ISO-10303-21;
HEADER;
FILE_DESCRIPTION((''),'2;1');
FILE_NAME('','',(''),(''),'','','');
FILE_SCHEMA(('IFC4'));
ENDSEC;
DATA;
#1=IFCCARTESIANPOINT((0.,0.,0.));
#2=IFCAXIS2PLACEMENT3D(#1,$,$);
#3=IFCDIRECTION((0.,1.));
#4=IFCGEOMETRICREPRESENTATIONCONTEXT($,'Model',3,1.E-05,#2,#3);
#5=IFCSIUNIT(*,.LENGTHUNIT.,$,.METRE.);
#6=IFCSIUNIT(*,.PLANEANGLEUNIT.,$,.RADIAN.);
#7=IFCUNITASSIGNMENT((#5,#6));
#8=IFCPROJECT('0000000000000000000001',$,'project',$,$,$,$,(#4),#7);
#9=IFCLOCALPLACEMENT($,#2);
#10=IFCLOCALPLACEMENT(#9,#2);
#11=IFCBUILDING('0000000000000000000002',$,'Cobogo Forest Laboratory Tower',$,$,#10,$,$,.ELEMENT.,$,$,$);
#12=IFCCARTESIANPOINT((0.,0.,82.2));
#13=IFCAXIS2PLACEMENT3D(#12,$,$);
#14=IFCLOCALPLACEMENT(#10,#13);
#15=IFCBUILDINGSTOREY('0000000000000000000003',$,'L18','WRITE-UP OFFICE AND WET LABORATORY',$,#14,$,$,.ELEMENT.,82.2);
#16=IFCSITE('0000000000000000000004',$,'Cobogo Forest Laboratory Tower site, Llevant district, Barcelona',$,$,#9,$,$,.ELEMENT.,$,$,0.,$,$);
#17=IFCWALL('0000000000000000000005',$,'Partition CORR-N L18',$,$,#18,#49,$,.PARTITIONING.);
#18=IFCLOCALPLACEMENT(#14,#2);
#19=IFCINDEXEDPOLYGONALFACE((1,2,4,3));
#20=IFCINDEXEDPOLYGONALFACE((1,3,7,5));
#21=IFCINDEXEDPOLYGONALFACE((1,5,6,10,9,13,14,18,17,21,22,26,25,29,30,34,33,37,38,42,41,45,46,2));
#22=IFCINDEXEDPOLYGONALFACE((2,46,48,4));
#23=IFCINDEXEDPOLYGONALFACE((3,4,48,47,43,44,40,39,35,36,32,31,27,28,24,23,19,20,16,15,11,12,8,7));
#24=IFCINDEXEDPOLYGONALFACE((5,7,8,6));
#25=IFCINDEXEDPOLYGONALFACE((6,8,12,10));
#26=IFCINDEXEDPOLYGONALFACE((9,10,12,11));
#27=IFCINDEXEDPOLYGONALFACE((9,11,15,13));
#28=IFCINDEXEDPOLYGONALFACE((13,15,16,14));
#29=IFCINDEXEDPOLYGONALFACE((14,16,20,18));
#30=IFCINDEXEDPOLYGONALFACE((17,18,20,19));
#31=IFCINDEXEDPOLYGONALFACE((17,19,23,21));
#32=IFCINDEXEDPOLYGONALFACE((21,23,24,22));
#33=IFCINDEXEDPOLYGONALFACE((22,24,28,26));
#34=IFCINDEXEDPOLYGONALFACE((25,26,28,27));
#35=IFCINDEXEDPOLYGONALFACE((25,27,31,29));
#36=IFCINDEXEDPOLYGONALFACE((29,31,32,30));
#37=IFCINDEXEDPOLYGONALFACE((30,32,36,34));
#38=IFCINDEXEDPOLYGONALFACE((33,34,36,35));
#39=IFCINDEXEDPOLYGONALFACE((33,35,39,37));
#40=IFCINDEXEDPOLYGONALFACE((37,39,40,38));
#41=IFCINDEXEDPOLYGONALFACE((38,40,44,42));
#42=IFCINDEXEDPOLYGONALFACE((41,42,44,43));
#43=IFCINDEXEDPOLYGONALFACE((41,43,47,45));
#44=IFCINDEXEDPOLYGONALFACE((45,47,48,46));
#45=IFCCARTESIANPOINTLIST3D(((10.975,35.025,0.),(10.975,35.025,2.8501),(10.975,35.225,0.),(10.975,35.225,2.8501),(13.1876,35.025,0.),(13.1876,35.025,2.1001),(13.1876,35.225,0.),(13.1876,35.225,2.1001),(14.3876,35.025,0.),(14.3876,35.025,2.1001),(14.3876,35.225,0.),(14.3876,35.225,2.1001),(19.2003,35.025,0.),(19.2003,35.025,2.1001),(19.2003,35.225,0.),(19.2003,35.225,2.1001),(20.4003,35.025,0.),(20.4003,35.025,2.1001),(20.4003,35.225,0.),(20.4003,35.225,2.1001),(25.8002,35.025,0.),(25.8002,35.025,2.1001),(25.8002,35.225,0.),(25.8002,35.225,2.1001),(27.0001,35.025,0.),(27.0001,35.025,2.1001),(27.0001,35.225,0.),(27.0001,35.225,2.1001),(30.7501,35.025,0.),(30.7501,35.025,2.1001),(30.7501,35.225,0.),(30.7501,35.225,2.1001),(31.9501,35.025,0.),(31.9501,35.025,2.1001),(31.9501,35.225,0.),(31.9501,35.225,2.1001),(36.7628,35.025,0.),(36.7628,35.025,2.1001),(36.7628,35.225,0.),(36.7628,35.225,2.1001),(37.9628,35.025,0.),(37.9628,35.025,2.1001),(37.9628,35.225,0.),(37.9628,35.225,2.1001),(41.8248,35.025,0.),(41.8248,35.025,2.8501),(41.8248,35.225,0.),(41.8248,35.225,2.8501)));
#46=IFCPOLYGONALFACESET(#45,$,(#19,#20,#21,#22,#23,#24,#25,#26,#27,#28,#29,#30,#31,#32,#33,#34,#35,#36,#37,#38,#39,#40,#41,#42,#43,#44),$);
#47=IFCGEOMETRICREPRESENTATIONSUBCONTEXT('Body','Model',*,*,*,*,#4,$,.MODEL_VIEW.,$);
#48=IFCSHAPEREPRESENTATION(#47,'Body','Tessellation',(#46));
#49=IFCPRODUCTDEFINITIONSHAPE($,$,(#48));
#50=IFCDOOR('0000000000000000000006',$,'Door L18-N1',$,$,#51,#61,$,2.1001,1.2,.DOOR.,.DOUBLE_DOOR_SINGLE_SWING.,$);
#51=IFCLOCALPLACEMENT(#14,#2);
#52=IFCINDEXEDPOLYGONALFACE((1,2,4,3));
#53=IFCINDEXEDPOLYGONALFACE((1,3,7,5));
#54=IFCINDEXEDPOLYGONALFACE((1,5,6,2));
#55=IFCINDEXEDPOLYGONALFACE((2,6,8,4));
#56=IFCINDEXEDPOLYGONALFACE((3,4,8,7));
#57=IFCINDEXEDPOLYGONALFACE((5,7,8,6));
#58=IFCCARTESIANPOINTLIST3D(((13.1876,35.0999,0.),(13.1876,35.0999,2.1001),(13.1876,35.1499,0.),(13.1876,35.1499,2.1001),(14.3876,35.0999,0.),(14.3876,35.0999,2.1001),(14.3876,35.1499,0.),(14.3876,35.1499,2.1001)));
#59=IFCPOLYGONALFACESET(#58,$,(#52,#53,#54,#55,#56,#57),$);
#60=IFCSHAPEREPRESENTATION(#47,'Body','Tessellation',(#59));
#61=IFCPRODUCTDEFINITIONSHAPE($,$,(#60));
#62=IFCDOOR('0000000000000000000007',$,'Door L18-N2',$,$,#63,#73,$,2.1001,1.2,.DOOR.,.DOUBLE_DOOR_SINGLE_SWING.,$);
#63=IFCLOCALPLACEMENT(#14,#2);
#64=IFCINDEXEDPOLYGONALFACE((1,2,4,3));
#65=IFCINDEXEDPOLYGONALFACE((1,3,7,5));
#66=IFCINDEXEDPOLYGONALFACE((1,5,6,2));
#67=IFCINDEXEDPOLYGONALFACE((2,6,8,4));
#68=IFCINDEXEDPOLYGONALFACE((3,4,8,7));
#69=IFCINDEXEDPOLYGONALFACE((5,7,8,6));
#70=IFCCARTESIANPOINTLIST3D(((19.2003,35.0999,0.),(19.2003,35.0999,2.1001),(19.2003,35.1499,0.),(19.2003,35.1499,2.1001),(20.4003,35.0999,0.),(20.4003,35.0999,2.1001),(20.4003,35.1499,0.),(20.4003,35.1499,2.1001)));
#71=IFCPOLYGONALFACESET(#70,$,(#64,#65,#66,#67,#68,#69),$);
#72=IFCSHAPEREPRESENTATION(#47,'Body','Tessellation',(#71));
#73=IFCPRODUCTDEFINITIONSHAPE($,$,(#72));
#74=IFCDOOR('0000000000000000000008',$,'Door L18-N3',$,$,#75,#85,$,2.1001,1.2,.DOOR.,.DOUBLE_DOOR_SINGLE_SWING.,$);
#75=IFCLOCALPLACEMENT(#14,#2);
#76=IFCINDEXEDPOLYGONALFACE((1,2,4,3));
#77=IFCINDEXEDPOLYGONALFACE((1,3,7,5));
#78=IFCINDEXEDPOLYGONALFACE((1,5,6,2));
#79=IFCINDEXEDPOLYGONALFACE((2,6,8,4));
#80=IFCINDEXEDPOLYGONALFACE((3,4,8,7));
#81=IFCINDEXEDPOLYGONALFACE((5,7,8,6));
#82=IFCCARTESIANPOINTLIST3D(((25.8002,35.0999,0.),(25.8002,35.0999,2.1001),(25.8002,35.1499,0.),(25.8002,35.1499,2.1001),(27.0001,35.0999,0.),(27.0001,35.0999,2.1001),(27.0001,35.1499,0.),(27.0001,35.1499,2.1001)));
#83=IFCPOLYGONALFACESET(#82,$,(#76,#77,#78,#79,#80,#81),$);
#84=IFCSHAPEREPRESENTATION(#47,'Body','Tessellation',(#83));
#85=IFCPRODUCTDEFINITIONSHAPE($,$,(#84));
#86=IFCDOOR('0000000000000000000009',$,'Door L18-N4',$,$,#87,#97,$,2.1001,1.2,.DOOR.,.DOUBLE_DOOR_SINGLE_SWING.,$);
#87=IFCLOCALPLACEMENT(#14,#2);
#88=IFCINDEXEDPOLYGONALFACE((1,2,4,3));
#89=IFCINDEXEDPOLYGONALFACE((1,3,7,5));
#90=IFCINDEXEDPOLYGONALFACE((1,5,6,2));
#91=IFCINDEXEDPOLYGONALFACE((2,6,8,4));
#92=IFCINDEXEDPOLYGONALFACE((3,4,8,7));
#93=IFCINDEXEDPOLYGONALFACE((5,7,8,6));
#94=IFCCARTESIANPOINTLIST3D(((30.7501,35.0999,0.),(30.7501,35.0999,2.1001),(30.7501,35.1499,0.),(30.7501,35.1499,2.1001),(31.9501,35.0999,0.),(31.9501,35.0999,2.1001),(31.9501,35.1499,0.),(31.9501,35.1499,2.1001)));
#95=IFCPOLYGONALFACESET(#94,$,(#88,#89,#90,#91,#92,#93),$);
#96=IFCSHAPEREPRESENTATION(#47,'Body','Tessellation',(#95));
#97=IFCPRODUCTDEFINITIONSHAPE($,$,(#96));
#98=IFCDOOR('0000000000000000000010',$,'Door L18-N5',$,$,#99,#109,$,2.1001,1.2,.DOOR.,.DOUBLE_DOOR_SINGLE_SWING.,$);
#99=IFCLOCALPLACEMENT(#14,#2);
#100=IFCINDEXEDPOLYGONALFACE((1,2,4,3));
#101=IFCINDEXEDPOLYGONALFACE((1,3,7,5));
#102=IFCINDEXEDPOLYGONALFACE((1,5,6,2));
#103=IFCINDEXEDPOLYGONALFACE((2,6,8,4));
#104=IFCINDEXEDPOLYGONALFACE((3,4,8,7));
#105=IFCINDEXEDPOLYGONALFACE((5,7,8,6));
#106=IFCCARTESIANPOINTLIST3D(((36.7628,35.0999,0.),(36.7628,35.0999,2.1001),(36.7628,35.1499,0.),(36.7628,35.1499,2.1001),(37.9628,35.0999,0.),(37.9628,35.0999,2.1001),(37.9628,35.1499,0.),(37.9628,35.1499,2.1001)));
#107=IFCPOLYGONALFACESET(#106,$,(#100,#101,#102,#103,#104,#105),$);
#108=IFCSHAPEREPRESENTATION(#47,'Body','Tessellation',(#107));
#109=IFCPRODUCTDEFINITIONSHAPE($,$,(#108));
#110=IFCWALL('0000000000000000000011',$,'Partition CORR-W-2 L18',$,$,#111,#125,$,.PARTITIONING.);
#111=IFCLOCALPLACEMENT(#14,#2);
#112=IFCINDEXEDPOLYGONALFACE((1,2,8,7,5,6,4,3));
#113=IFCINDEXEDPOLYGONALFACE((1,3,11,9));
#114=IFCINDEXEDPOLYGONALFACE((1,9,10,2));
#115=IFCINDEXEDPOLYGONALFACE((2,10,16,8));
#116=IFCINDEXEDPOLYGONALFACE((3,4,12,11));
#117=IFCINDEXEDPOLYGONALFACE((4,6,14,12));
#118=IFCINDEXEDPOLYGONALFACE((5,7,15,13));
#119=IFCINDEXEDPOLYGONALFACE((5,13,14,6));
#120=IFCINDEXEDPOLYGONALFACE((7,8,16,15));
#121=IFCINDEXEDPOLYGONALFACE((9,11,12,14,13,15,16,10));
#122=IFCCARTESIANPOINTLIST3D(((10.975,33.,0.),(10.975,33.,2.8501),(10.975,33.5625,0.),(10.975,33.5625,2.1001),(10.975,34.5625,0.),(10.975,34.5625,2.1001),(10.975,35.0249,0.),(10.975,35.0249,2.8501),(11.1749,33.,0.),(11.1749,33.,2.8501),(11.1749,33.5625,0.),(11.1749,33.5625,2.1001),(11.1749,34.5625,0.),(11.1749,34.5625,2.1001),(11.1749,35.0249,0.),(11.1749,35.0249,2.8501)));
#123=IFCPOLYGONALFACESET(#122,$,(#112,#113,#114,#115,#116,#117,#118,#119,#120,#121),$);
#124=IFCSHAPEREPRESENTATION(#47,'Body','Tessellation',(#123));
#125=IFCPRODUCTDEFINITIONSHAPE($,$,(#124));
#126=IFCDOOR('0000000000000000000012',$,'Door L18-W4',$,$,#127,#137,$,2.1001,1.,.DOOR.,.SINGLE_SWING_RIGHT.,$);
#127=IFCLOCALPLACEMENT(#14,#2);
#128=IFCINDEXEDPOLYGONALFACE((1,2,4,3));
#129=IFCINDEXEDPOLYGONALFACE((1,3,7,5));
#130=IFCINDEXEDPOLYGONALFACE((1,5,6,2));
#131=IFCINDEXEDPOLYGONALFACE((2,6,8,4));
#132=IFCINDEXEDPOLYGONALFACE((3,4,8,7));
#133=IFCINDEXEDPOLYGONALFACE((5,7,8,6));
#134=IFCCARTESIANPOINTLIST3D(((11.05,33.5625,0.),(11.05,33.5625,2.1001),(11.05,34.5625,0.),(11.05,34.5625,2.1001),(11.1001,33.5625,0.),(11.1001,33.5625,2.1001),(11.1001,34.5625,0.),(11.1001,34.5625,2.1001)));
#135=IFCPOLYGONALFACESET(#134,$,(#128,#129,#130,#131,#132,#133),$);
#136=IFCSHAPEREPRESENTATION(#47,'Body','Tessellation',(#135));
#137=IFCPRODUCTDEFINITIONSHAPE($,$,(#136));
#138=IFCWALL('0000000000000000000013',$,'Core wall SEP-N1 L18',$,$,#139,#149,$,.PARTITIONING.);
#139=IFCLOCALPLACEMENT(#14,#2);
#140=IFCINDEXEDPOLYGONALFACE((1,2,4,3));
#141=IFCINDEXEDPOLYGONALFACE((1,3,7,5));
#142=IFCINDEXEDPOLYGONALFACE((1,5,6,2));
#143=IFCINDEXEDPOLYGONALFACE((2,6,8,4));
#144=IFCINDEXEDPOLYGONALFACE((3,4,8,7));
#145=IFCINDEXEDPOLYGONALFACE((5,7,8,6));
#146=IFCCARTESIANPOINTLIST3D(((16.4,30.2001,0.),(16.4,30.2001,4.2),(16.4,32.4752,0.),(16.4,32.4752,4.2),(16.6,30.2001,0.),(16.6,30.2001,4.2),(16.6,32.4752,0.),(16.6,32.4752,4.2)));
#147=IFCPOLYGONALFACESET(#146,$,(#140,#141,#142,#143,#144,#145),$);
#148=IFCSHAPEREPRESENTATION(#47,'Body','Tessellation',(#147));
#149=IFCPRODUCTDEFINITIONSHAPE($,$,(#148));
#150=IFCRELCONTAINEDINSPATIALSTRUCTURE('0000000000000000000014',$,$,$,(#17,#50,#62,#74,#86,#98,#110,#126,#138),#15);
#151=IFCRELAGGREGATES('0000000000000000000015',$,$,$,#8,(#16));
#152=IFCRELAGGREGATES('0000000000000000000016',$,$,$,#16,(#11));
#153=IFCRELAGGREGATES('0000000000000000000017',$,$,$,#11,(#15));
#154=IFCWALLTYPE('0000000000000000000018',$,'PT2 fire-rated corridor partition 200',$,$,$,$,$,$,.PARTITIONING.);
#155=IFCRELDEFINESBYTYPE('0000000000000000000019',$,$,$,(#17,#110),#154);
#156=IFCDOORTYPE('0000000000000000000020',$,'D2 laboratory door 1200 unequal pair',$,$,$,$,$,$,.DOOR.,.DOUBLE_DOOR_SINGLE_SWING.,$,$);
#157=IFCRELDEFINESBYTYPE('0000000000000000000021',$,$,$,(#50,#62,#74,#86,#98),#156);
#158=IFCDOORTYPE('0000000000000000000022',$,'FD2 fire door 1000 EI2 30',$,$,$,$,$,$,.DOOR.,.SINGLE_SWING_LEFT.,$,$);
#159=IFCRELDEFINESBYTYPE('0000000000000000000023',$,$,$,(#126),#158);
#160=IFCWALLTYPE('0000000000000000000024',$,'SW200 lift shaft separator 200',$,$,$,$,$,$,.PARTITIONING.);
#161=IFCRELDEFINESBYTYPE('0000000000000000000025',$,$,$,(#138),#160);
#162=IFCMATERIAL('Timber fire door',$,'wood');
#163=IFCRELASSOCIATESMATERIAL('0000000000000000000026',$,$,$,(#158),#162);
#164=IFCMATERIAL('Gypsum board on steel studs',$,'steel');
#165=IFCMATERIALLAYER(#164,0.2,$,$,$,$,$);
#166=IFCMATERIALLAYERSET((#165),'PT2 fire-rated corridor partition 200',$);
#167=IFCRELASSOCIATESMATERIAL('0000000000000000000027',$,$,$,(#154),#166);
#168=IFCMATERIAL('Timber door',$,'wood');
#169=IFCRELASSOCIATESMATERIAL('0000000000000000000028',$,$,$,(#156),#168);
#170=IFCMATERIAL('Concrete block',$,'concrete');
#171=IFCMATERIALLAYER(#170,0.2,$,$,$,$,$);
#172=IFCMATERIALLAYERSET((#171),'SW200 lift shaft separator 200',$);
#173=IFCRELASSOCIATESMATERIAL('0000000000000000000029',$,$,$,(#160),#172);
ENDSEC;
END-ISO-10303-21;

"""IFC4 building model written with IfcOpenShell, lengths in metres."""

from ifc_helpers import new_model, si_unit, direction, frame, frame_2d, origin, place, context, subcontext, project, spatial, rectangle, extrude, material, layer, layer_set, type_object, element, fill, save


model = new_model("IFC4")

# Units and contexts
model_context = context("Model", 3, precision=1e-05, world=origin(), true_north=direction((0.0, 1.0)))
body_context = subcontext(model_context, "Body", "Model", "MODEL_VIEW")
ifc_project = project(units=[si_unit("LENGTHUNIT", "METRE"), si_unit("PLANEANGLEUNIT", "RADIAN")], contexts=[model_context])

# Site, building, storey
site_placement = place(None, origin())
site = spatial("IfcSite", under=ifc_project, at=site_placement, Name="Cobogo Forest Laboratory Tower site, Llevant district, Barcelona", CompositionType="ELEMENT", RefElevation=0.0)
building_placement = place(site_placement, origin())
building = spatial("IfcBuilding", under=site, at=building_placement, Name="Cobogo Forest Laboratory Tower", CompositionType="ELEMENT")
storey_placement = place(building_placement, frame((0.0, 0.0, 82.2)))
storey = spatial("IfcBuildingStorey", under=building, at=storey_placement, Name="L18", Description="WRITE-UP OFFICE AND WET LABORATORY", CompositionType="ELEMENT", Elevation=82.2)

# Shared definitions
ifc_material_1 = material(Name="Gypsum board on steel studs", Category="steel")
ifc_material_2 = material(Name="Timber fire door", Category="wood")
door_type_1 = type_object("IfcDoorType", Name="FD2 fire door 1000 EI2 30", OperationType="SINGLE_SWING_LEFT", PredefinedType="DOOR", material=ifc_material_2)

# Wall, openings, doors
ifc_layer_1 = layer(ifc_material_1, 0.2)
ifc_layer_set_1 = layer_set([ifc_layer_1], Name="PT2 fire-rated corridor partition 200")
wall_type_1 = type_object("IfcWallType", Name="PT2 fire-rated corridor partition 200", PredefinedType="PARTITIONING", material=ifc_layer_set_1)
wall_1_placement = place(storey_placement, frame((10.9751, 35.125, 0.0), z_axis=(0.0, 0.0, 1.0), x_axis=(1.0, 0.0, 0.0)))
wall_1 = element("IfcWall", 1, at=wall_1_placement, inside=storey, type_object=wall_type_1, Name="Partition CORR-N L18", PredefinedType="PARTITIONING", context=body_context, shape_type="SweptSolid", body=[
    extrude(rectangle(XDim=30.8499, YDim=0.2, at=frame_2d((15.4248, 0.0))), origin(), (0.0, 0.0, 1.0), 2.8501),
])
opening_1_placement = place(wall_1_placement, frame((2.2124, 0.0, 0.0)))
opening_1 = element("IfcOpeningElement", 2, at=opening_1_placement, cuts=wall_1, PredefinedType="OPENING", context=body_context, shape_type="SweptSolid", body=[
    extrude(rectangle(XDim=1.2, YDim=2.1001, at=frame_2d((0.6001, 1.05))), frame((0.0, 0.1099, 0.0), z_axis=(0.0, -1.0, 0.0), x_axis=(1.0, 0.0, 0.0)), (0.0, 0.0, 1.0), 0.22),
])
opening_2_placement = place(wall_1_placement, frame((8.2251, 0.0, 0.0)))
opening_2 = element("IfcOpeningElement", 3, at=opening_2_placement, cuts=wall_1, PredefinedType="OPENING", context=body_context, shape_type="SweptSolid", body=[
    extrude(rectangle(XDim=1.2, YDim=2.1001, at=frame_2d((0.6001, 1.05))), frame((0.0, 0.1099, 0.0), z_axis=(0.0, -1.0, 0.0), x_axis=(1.0, 0.0, 0.0)), (0.0, 0.0, 1.0), 0.22),
])
opening_3_placement = place(wall_1_placement, frame((14.825, 0.0, 0.0)))
opening_3 = element("IfcOpeningElement", 4, at=opening_3_placement, cuts=wall_1, PredefinedType="OPENING", context=body_context, shape_type="SweptSolid", body=[
    extrude(rectangle(XDim=1.2, YDim=2.1001, at=frame_2d((0.6001, 1.05))), frame((0.0, 0.1099, 0.0), z_axis=(0.0, -1.0, 0.0), x_axis=(1.0, 0.0, 0.0)), (0.0, 0.0, 1.0), 0.22),
])
opening_4_placement = place(wall_1_placement, frame((19.7749, 0.0, 0.0)))
opening_4 = element("IfcOpeningElement", 5, at=opening_4_placement, cuts=wall_1, PredefinedType="OPENING", context=body_context, shape_type="SweptSolid", body=[
    extrude(rectangle(XDim=1.2, YDim=2.1001, at=frame_2d((0.6001, 1.05))), frame((0.0, 0.1099, 0.0), z_axis=(0.0, -1.0, 0.0), x_axis=(1.0, 0.0, 0.0)), (0.0, 0.0, 1.0), 0.22),
])
opening_5_placement = place(wall_1_placement, frame((25.7876, 0.0, 0.0)))
opening_5 = element("IfcOpeningElement", 6, at=opening_5_placement, cuts=wall_1, PredefinedType="OPENING", context=body_context, shape_type="SweptSolid", body=[
    extrude(rectangle(XDim=1.2, YDim=2.1001, at=frame_2d((0.6001, 1.05))), frame((0.0, 0.1099, 0.0), z_axis=(0.0, -1.0, 0.0), x_axis=(1.0, 0.0, 0.0)), (0.0, 0.0, 1.0), 0.22),
])
ifc_material_3 = material(Name="Timber door", Category="wood")
door_type_2 = type_object("IfcDoorType", Name="D2 laboratory door 1200 unequal pair", OperationType="DOUBLE_DOOR_SINGLE_SWING", PredefinedType="DOOR", material=ifc_material_3)
door_1_placement = place(opening_1_placement, origin())
door_1 = element("IfcDoor", 7, at=door_1_placement, inside=storey, type_object=door_type_2, Name="Door L18-N1", OperationType="DOUBLE_DOOR_SINGLE_SWING", OverallHeight=2.1001, OverallWidth=1.2, PredefinedType="DOOR", context=body_context, shape_type="SweptSolid", body=[
    extrude(rectangle(XDim=1.2, YDim=2.1001, at=frame_2d((0.6001, 1.05))), frame((0.0, 0.0249, 0.0), z_axis=(0.0, -1.0, 0.0), x_axis=(1.0, 0.0, 0.0)), (0.0, 0.0, 1.0), 0.05),
])
fill(opening_1, door_1)
door_2_placement = place(opening_2_placement, origin())
door_2 = element("IfcDoor", 8, at=door_2_placement, inside=storey, type_object=door_type_2, Name="Door L18-N2", OperationType="DOUBLE_DOOR_SINGLE_SWING", OverallHeight=2.1001, OverallWidth=1.2, PredefinedType="DOOR", context=body_context, shape_type="SweptSolid", body=[
    extrude(rectangle(XDim=1.2, YDim=2.1001, at=frame_2d((0.6001, 1.05))), frame((0.0, 0.0249, 0.0), z_axis=(0.0, -1.0, 0.0), x_axis=(1.0, 0.0, 0.0)), (0.0, 0.0, 1.0), 0.05),
])
fill(opening_2, door_2)
door_3_placement = place(opening_3_placement, origin())
door_3 = element("IfcDoor", 9, at=door_3_placement, inside=storey, type_object=door_type_2, Name="Door L18-N3", OperationType="DOUBLE_DOOR_SINGLE_SWING", OverallHeight=2.1001, OverallWidth=1.2, PredefinedType="DOOR", context=body_context, shape_type="SweptSolid", body=[
    extrude(rectangle(XDim=1.2, YDim=2.1001, at=frame_2d((0.6001, 1.05))), frame((0.0, 0.0249, 0.0), z_axis=(0.0, -1.0, 0.0), x_axis=(1.0, 0.0, 0.0)), (0.0, 0.0, 1.0), 0.05),
])
fill(opening_3, door_3)
door_4_placement = place(opening_4_placement, origin())
door_4 = element("IfcDoor", 10, at=door_4_placement, inside=storey, type_object=door_type_2, Name="Door L18-N4", OperationType="DOUBLE_DOOR_SINGLE_SWING", OverallHeight=2.1001, OverallWidth=1.2, PredefinedType="DOOR", context=body_context, shape_type="SweptSolid", body=[
    extrude(rectangle(XDim=1.2, YDim=2.1001, at=frame_2d((0.6001, 1.05))), frame((0.0, 0.0249, 0.0), z_axis=(0.0, -1.0, 0.0), x_axis=(1.0, 0.0, 0.0)), (0.0, 0.0, 1.0), 0.05),
])
fill(opening_4, door_4)
door_5_placement = place(opening_5_placement, origin())
door_5 = element("IfcDoor", 11, at=door_5_placement, inside=storey, type_object=door_type_2, Name="Door L18-N5", OperationType="DOUBLE_DOOR_SINGLE_SWING", OverallHeight=2.1001, OverallWidth=1.2, PredefinedType="DOOR", context=body_context, shape_type="SweptSolid", body=[
    extrude(rectangle(XDim=1.2, YDim=2.1001, at=frame_2d((0.6001, 1.05))), frame((0.0, 0.0249, 0.0), z_axis=(0.0, -1.0, 0.0), x_axis=(1.0, 0.0, 0.0)), (0.0, 0.0, 1.0), 0.05),
])
fill(opening_5, door_5)

# Wall, opening, door
wall_2_placement = place(storey_placement, frame((11.075, 33.0, 0.0), z_axis=(0.0, 0.0, 1.0), x_axis=(0.0, 1.0, 0.0)))
wall_2 = element("IfcWall", 12, at=wall_2_placement, inside=storey, type_object=wall_type_1, Name="Partition CORR-W-2 L18", PredefinedType="PARTITIONING", context=body_context, shape_type="SweptSolid", body=[
    extrude(rectangle(XDim=2.0249, YDim=0.2, at=frame_2d((1.0125, 0.0))), origin(), (0.0, 0.0, 1.0), 2.8501),
])
opening_6_placement = place(wall_2_placement, frame((0.5625, 0.0, 0.0)))
opening_6 = element("IfcOpeningElement", 13, at=opening_6_placement, cuts=wall_2, PredefinedType="OPENING", context=body_context, shape_type="SweptSolid", body=[
    extrude(rectangle(XDim=1.0, YDim=2.1001, at=frame_2d((0.5, 1.05))), frame((0.0, 0.1099, 0.0), z_axis=(0.0, -1.0, 0.0), x_axis=(1.0, 0.0, 0.0)), (0.0, 0.0, 1.0), 0.22),
])
door_6_placement = place(opening_6_placement, origin())
door_6 = element("IfcDoor", 14, at=door_6_placement, inside=storey, type_object=door_type_1, Name="Door L18-W4", OperationType="SINGLE_SWING_RIGHT", OverallHeight=2.1001, OverallWidth=1.0, PredefinedType="DOOR", context=body_context, shape_type="SweptSolid", body=[
    extrude(rectangle(XDim=1.0, YDim=2.1001, at=frame_2d((0.5, 1.05))), frame((0.0, 0.0249, 0.0), z_axis=(0.0, -1.0, 0.0), x_axis=(1.0, 0.0, 0.0)), (0.0, 0.0, 1.0), 0.05),
])
fill(opening_6, door_6)

# Wall
ifc_material_4 = material(Name="Concrete block", Category="concrete")
ifc_layer_2 = layer(ifc_material_4, 0.2)
ifc_layer_set_2 = layer_set([ifc_layer_2], Name="SW200 lift shaft separator 200")
wall_type_2 = type_object("IfcWallType", Name="SW200 lift shaft separator 200", PredefinedType="PARTITIONING", material=ifc_layer_set_2)
wall_3_placement = place(storey_placement, frame((16.5, 30.2, 0.0), z_axis=(0.0, 0.0, 1.0), x_axis=(0.0, 1.0, 0.0)))
element("IfcWall", 15, at=wall_3_placement, inside=storey, type_object=wall_type_2, Name="Core wall SEP-N1 L18", PredefinedType="PARTITIONING", context=body_context, shape_type="SweptSolid", body=[
    extrude(rectangle(XDim=2.2751, YDim=0.2, at=frame_2d((1.1377, 0.0))), origin(), (0.0, 0.0, 1.0), 4.2),
])

save(model, "model.ifc")
